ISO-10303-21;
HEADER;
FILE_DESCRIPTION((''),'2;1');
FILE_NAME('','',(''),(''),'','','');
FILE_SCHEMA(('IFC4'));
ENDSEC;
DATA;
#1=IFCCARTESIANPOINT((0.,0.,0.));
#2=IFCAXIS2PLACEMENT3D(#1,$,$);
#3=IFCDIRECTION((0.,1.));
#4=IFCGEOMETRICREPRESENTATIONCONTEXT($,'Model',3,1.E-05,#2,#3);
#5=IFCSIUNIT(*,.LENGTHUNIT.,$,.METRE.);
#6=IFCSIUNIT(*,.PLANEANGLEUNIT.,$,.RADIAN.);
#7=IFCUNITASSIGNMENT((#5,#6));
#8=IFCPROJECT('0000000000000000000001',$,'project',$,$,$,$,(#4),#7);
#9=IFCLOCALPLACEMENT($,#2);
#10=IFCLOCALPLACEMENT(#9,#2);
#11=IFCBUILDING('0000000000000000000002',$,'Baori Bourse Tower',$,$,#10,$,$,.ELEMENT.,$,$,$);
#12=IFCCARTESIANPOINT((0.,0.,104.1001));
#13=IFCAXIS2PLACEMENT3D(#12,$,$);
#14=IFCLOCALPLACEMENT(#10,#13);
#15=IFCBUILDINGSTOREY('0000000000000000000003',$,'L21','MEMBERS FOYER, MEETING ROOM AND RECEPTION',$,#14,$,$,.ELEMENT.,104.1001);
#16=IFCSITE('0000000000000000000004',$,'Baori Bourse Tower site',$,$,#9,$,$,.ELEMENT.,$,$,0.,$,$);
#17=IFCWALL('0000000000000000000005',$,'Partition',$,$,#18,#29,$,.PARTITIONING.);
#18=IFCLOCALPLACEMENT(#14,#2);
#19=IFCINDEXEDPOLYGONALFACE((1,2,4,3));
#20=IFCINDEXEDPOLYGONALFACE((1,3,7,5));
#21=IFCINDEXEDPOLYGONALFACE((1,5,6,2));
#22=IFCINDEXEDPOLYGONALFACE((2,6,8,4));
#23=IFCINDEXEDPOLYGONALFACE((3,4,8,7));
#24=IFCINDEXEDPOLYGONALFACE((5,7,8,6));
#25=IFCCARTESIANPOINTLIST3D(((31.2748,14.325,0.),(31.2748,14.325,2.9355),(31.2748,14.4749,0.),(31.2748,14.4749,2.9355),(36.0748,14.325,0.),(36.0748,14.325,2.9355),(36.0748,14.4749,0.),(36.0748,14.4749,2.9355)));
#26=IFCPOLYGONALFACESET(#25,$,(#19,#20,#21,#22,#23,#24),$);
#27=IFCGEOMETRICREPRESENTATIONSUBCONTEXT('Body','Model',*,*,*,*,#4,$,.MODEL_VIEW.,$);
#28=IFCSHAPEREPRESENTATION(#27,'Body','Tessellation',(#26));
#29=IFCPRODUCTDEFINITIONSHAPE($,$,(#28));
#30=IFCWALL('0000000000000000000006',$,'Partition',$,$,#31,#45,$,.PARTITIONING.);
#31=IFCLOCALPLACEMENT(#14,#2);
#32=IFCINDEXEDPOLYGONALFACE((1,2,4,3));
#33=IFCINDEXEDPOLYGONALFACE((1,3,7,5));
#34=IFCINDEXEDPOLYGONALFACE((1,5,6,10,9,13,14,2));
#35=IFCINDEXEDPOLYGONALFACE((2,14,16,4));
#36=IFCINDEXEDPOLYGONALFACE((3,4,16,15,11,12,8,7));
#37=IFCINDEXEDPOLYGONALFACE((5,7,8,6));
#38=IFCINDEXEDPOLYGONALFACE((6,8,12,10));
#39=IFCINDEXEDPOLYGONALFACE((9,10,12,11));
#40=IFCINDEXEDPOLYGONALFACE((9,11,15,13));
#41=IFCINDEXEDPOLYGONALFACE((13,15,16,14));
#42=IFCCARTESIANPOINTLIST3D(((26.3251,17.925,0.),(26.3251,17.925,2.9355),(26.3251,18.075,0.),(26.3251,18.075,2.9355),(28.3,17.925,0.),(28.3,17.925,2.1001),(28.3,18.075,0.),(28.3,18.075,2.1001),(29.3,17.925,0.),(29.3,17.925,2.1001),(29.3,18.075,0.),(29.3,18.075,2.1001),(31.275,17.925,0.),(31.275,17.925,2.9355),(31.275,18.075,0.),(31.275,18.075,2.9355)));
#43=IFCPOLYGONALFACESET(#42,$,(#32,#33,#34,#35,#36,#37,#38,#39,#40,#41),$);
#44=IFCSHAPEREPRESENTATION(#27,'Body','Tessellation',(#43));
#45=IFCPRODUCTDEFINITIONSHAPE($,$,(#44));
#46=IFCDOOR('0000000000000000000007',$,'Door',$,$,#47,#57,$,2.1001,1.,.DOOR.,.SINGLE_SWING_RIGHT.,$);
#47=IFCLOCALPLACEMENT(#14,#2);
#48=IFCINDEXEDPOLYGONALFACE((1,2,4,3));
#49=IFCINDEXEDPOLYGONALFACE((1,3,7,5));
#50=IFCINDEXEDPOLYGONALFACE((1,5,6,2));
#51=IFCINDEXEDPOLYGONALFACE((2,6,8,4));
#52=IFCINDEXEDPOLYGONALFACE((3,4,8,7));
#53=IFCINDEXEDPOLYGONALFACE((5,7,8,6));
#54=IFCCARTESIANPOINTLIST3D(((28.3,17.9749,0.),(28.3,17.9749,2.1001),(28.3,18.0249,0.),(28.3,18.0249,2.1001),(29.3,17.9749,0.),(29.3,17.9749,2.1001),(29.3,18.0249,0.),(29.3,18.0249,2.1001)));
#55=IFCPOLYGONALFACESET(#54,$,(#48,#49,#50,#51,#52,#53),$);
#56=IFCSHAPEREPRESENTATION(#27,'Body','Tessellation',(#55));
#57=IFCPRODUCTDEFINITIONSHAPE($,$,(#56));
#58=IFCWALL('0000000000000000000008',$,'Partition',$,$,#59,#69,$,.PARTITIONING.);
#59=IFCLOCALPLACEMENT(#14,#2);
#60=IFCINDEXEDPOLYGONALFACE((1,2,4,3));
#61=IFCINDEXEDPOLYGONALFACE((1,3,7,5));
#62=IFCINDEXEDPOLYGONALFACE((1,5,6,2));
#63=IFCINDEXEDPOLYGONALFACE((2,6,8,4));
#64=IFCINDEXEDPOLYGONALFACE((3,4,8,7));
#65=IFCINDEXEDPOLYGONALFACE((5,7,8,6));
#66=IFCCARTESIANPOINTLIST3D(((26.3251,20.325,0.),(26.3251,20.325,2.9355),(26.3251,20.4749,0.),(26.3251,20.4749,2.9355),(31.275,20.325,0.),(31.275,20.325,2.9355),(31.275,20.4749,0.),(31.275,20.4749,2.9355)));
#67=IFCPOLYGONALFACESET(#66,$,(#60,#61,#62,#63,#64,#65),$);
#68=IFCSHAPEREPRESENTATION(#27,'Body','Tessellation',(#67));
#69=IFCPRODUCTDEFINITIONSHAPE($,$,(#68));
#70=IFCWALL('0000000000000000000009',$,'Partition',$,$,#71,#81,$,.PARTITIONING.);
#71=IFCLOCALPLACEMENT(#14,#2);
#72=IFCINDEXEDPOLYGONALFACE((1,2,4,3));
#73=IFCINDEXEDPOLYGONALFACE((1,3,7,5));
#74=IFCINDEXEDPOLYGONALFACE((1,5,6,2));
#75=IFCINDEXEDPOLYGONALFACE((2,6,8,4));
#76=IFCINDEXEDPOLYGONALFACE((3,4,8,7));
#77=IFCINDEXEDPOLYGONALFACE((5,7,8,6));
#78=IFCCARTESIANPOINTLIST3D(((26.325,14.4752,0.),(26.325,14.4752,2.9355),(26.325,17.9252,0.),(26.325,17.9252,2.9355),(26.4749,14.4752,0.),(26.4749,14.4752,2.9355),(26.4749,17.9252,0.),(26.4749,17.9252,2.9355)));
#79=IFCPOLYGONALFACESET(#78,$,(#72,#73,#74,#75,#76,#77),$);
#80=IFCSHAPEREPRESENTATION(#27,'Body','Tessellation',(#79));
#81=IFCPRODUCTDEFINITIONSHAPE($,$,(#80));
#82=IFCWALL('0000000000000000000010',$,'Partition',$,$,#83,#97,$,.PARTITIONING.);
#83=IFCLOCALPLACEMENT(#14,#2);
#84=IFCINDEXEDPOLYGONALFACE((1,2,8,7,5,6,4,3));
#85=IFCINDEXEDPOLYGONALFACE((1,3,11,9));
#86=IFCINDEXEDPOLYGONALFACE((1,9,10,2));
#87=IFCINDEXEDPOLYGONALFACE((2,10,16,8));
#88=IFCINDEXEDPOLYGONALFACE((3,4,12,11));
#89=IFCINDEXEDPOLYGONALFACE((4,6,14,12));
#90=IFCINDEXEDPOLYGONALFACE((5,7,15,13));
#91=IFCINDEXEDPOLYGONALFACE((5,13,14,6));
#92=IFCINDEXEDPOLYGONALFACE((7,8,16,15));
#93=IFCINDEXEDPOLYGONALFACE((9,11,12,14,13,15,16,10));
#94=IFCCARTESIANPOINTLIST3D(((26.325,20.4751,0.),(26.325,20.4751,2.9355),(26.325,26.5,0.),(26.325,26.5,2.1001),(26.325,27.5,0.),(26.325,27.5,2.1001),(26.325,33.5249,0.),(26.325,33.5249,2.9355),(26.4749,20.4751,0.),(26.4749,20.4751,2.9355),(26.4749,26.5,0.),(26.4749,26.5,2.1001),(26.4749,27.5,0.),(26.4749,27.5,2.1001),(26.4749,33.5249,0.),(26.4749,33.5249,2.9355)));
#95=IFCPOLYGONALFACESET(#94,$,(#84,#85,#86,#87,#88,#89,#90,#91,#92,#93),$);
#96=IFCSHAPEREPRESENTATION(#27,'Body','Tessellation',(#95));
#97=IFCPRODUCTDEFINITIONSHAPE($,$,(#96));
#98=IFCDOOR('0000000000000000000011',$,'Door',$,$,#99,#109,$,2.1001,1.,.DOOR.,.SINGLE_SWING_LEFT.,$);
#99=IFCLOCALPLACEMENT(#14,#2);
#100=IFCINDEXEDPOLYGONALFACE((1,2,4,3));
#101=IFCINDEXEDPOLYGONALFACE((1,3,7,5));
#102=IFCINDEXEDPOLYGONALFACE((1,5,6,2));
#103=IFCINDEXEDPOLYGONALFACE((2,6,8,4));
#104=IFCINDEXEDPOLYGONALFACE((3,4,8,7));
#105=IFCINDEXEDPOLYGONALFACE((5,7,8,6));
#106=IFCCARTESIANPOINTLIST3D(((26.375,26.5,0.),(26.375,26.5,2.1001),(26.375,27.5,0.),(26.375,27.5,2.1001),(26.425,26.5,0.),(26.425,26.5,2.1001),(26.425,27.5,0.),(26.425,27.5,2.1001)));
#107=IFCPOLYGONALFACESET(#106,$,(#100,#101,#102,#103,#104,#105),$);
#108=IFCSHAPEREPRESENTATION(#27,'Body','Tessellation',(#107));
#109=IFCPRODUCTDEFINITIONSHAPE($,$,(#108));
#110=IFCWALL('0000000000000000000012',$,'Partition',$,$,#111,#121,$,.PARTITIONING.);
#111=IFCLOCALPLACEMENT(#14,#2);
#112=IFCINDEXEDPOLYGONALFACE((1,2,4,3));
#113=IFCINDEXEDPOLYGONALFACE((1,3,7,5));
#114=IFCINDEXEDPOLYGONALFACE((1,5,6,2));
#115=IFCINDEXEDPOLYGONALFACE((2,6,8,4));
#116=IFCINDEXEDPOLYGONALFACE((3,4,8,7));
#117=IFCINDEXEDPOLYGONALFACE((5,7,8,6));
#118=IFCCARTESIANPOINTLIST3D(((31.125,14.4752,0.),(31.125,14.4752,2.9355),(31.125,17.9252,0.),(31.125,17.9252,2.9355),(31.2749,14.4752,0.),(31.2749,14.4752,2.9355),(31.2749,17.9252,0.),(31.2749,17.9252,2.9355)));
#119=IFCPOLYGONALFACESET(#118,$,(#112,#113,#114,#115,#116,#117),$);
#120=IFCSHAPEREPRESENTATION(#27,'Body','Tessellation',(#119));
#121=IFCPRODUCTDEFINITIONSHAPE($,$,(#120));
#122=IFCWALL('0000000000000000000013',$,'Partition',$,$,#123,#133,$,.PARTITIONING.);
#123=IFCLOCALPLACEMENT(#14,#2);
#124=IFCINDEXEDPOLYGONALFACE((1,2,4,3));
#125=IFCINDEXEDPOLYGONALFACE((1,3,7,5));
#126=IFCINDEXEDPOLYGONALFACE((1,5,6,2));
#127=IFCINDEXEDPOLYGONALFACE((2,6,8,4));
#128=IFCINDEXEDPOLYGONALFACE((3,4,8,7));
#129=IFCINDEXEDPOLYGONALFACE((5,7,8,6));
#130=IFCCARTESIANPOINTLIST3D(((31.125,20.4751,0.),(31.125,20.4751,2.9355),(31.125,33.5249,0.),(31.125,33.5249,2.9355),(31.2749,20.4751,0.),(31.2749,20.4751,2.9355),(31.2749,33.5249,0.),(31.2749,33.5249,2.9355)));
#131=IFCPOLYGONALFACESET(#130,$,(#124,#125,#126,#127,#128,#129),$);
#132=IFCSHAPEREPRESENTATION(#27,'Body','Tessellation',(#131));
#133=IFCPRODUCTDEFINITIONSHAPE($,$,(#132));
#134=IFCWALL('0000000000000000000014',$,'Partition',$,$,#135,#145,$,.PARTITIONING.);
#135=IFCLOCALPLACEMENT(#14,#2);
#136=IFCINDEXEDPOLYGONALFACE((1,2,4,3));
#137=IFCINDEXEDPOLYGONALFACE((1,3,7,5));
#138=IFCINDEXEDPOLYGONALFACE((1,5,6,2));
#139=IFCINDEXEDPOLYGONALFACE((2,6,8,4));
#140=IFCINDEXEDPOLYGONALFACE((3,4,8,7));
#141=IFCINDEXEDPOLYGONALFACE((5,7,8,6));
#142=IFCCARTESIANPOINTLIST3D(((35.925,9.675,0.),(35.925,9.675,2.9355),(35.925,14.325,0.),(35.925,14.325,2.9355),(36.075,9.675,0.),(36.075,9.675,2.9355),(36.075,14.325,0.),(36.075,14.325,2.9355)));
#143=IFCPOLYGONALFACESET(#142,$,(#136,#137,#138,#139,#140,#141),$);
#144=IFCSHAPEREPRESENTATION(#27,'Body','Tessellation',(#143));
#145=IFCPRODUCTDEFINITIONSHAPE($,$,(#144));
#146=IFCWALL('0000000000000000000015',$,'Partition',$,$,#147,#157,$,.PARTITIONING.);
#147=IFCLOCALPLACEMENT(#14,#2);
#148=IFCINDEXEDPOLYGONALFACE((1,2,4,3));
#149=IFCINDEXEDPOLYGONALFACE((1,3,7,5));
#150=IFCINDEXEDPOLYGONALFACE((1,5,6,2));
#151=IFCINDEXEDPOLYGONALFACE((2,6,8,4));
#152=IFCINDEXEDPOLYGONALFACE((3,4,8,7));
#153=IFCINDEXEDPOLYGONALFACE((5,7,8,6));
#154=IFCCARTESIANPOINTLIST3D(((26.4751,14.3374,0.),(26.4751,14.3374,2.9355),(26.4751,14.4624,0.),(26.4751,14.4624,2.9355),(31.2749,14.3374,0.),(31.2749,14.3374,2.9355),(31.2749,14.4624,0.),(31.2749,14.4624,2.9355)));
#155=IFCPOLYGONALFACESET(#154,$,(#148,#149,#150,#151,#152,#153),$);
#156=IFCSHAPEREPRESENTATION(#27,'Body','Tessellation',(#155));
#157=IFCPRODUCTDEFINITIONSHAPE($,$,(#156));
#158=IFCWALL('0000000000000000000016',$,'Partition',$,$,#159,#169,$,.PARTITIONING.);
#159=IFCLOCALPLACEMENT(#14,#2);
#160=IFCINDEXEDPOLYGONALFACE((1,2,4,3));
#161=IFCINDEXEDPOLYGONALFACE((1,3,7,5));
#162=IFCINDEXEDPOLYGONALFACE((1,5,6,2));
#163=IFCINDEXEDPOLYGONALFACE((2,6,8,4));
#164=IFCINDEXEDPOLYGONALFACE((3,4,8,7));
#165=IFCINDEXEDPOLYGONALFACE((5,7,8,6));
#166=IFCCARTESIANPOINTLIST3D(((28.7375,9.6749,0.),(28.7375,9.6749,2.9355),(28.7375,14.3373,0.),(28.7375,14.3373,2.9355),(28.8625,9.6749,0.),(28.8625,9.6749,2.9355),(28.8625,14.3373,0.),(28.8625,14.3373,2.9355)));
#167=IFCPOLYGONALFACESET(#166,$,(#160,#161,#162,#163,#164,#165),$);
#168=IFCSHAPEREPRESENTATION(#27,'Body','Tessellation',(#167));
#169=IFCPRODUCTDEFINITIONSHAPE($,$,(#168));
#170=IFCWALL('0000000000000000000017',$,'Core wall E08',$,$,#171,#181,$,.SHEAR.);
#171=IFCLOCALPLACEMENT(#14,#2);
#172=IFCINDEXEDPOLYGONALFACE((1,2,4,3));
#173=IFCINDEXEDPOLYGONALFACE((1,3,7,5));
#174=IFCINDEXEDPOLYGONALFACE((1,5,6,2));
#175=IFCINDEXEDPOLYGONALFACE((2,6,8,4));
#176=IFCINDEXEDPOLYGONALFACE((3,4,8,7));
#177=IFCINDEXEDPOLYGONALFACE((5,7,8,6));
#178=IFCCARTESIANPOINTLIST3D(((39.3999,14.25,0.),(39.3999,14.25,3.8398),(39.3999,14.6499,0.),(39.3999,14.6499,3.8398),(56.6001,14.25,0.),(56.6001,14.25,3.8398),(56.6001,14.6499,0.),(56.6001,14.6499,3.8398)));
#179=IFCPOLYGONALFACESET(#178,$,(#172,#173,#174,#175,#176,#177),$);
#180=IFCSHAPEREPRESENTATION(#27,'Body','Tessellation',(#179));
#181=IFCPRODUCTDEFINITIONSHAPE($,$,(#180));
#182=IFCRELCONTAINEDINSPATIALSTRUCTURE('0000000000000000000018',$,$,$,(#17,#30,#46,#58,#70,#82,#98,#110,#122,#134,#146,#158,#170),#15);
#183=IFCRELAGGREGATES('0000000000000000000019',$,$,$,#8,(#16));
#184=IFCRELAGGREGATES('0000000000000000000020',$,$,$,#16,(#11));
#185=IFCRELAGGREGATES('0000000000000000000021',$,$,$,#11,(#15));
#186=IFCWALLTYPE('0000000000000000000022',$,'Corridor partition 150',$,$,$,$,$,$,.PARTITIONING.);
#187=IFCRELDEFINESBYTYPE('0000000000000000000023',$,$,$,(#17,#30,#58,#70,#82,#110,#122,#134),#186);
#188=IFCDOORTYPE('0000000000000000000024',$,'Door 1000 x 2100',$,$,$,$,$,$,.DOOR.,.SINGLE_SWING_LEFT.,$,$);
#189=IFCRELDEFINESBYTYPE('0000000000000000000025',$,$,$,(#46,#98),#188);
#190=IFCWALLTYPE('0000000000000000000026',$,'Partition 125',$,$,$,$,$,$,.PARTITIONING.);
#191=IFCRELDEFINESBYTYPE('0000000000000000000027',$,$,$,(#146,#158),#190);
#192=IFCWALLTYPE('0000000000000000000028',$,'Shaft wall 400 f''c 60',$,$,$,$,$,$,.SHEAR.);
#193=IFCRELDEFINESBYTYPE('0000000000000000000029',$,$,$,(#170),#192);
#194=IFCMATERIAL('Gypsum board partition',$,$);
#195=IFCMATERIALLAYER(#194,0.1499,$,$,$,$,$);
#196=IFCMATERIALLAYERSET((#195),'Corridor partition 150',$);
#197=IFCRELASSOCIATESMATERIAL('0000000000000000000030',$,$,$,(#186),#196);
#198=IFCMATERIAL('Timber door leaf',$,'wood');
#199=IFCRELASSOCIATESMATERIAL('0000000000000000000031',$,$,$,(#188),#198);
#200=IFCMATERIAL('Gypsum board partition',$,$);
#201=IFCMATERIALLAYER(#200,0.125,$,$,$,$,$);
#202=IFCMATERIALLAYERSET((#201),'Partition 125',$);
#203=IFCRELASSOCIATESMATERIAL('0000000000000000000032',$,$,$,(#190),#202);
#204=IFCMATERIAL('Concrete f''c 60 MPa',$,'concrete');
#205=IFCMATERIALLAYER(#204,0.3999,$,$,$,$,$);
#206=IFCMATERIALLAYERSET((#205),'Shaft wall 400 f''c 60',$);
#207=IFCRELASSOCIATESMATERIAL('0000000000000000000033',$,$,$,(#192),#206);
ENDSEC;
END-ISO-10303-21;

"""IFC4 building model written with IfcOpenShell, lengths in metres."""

from ifc_helpers import new_model, si_unit, direction, frame, frame_2d, origin, place, context, subcontext, project, spatial, rectangle, extrude, material, layer, layer_set, type_object, element, fill, save


model = new_model("IFC4")

# Units and contexts
model_context = context("Model", 3, precision=1e-05, world=origin(), true_north=direction((0.0, 1.0)))
body_context = subcontext(model_context, "Body", "Model", "MODEL_VIEW")
ifc_project = project(units=[si_unit("LENGTHUNIT", "METRE"), si_unit("PLANEANGLEUNIT", "RADIAN")], contexts=[model_context])

# Site, building, storey
site_placement = place(None, origin())
site = spatial("IfcSite", under=ifc_project, at=site_placement, Name="Baori Bourse Tower site", CompositionType="ELEMENT", RefElevation=0.0)
building_placement = place(site_placement, origin())
building = spatial("IfcBuilding", under=site, at=building_placement, Name="Baori Bourse Tower", CompositionType="ELEMENT")
storey_placement = place(building_placement, frame((0.0, 0.0, 104.1001)))
storey = spatial("IfcBuildingStorey", under=building, at=storey_placement, Name="L21", Description="MEMBERS FOYER, MEETING ROOM AND RECEPTION", CompositionType="ELEMENT", Elevation=104.1001)

# Wall
ifc_material_1 = material(Name="Gypsum board partition")
ifc_layer_1 = layer(ifc_material_1, 0.1499)
ifc_layer_set_1 = layer_set([ifc_layer_1], Name="Corridor partition 150")
wall_type_1 = type_object("IfcWallType", Name="Corridor partition 150", PredefinedType="PARTITIONING", material=ifc_layer_set_1)
wall_1_placement = place(storey_placement, frame((31.2749, 14.3999, 0.0), z_axis=(0.0, 0.0, 1.0), x_axis=(1.0, 0.0, 0.0)))
element("IfcWall", 1, at=wall_1_placement, inside=storey, type_object=wall_type_1, Name="Partition", PredefinedType="PARTITIONING", context=body_context, shape_type="SweptSolid", body=[
    extrude(rectangle(XDim=4.8, YDim=0.1499, at=frame_2d((2.3999, 0.0))), origin(), (0.0, 0.0, 1.0), 2.9355),
])

# Wall, opening, door
wall_2_placement = place(storey_placement, frame((26.325, 18.0, 0.0), z_axis=(0.0, 0.0, 1.0), x_axis=(1.0, 0.0, 0.0)))
wall_2 = element("IfcWall", 2, at=wall_2_placement, inside=storey, type_object=wall_type_1, Name="Partition", PredefinedType="PARTITIONING", context=body_context, shape_type="SweptSolid", body=[
    extrude(rectangle(XDim=4.95, YDim=0.1499, at=frame_2d((2.4751, 0.0))), origin(), (0.0, 0.0, 1.0), 2.9355),
])
opening_1_placement = place(wall_2_placement, frame((1.9751, 0.0, 0.0)))
opening_1 = element("IfcOpeningElement", 3, at=opening_1_placement, cuts=wall_2, PredefinedType="OPENING", context=body_context, shape_type="SweptSolid", body=[
    extrude(rectangle(XDim=1.0, YDim=2.1001, at=frame_2d((0.5, 1.05))), frame((0.0, 0.085, 0.0), z_axis=(0.0, -1.0, 0.0), x_axis=(1.0, 0.0, 0.0)), (0.0, 0.0, 1.0), 0.1699),
])
ifc_material_2 = material(Name="Timber door leaf", Category="wood")
door_type_1 = type_object("IfcDoorType", Name="Door 1000 x 2100", OperationType="SINGLE_SWING_LEFT", PredefinedType="DOOR", material=ifc_material_2)
door_1_placement = place(opening_1_placement, origin())
door_1 = element("IfcDoor", 4, at=door_1_placement, inside=storey, type_object=door_type_1, Name="Door", OperationType="SINGLE_SWING_RIGHT", OverallHeight=2.1001, OverallWidth=1.0, PredefinedType="DOOR", context=body_context, shape_type="SweptSolid", body=[
    extrude(rectangle(XDim=1.0, YDim=2.1001, at=frame_2d((0.5, 1.05))), frame((0.0, 0.0249, 0.0), z_axis=(0.0, -1.0, 0.0), x_axis=(1.0, 0.0, 0.0)), (0.0, 0.0, 1.0), 0.05),
])
fill(opening_1, door_1)

# Walls
wall_3_placement = place(storey_placement, frame((26.325, 20.3999, 0.0), z_axis=(0.0, 0.0, 1.0), x_axis=(1.0, 0.0, 0.0)))
element("IfcWall", 5, at=wall_3_placement, inside=storey, type_object=wall_type_1, Name="Partition", PredefinedType="PARTITIONING", context=body_context, shape_type="SweptSolid", body=[
    extrude(rectangle(XDim=4.95, YDim=0.1499, at=frame_2d((2.4751, 0.0))), origin(), (0.0, 0.0, 1.0), 2.9355),
])
wall_4_placement = place(storey_placement, frame((26.3999, 14.4751, 0.0), z_axis=(0.0, 0.0, 1.0), x_axis=(0.0, 1.0, 0.0)))
element("IfcWall", 6, at=wall_4_placement, inside=storey, type_object=wall_type_1, Name="Partition", PredefinedType="PARTITIONING", context=body_context, shape_type="SweptSolid", body=[
    extrude(rectangle(XDim=3.45, YDim=0.1499, at=frame_2d((1.7251, 0.0))), origin(), (0.0, 0.0, 1.0), 2.9355),
])

# Wall, opening, door
wall_5_placement = place(storey_placement, frame((26.3999, 20.4751, 0.0), z_axis=(0.0, 0.0, 1.0), x_axis=(0.0, 1.0, 0.0)))
wall_5 = element("IfcWall", 7, at=wall_5_placement, inside=storey, type_object=wall_type_1, Name="Partition", PredefinedType="PARTITIONING", context=body_context, shape_type="SweptSolid", body=[
    extrude(rectangle(XDim=13.0498, YDim=0.1499, at=frame_2d((6.5249, 0.0))), origin(), (0.0, 0.0, 1.0), 2.9355),
])
opening_2_placement = place(wall_5_placement, frame((6.0249, 0.0, 0.0)))
opening_2 = element("IfcOpeningElement", 8, at=opening_2_placement, cuts=wall_5, PredefinedType="OPENING", context=body_context, shape_type="SweptSolid", body=[
    extrude(rectangle(XDim=1.0, YDim=2.1001, at=frame_2d((0.5, 1.05))), frame((0.0, 0.085, 0.0), z_axis=(0.0, -1.0, 0.0), x_axis=(1.0, 0.0, 0.0)), (0.0, 0.0, 1.0), 0.1699),
])
door_2_placement = place(opening_2_placement, origin())
door_2 = element("IfcDoor", 9, at=door_2_placement, inside=storey, type_object=door_type_1, Name="Door", OperationType="SINGLE_SWING_LEFT", OverallHeight=2.1001, OverallWidth=1.0, PredefinedType="DOOR", context=body_context, shape_type="SweptSolid", body=[
    extrude(rectangle(XDim=1.0, YDim=2.1001, at=frame_2d((0.5, 1.05))), frame((0.0, 0.0249, 0.0), z_axis=(0.0, -1.0, 0.0), x_axis=(1.0, 0.0, 0.0)), (0.0, 0.0, 1.0), 0.05),
])
fill(opening_2, door_2)

# Walls
wall_6_placement = place(storey_placement, frame((31.2, 14.4751, 0.0), z_axis=(0.0, 0.0, 1.0), x_axis=(0.0, 1.0, 0.0)))
element("IfcWall", 10, at=wall_6_placement, inside=storey, type_object=wall_type_1, Name="Partition", PredefinedType="PARTITIONING", context=body_context, shape_type="SweptSolid", body=[
    extrude(rectangle(XDim=3.45, YDim=0.1499, at=frame_2d((1.7251, 0.0))), origin(), (0.0, 0.0, 1.0), 2.9355),
])
wall_7_placement = place(storey_placement, frame((31.2, 20.4751, 0.0), z_axis=(0.0, 0.0, 1.0), x_axis=(0.0, 1.0, 0.0)))
element("IfcWall", 11, at=wall_7_placement, inside=storey, type_object=wall_type_1, Name="Partition", PredefinedType="PARTITIONING", context=body_context, shape_type="SweptSolid", body=[
    extrude(rectangle(XDim=13.0498, YDim=0.1499, at=frame_2d((6.5249, 0.0))), origin(), (0.0, 0.0, 1.0), 2.9355),
])
wall_8_placement = place(storey_placement, frame((36.0, 9.675, 0.0), z_axis=(0.0, 0.0, 1.0), x_axis=(0.0, 1.0, 0.0)))
element("IfcWall", 12, at=wall_8_placement, inside=storey, type_object=wall_type_1, Name="Partition", PredefinedType="PARTITIONING", context=body_context, shape_type="SweptSolid", body=[
    extrude(rectangle(XDim=4.6499, YDim=0.1499, at=frame_2d((2.325, 0.0))), origin(), (0.0, 0.0, 1.0), 2.9355),
])
ifc_material_3 = material(Name="Gypsum board partition")
ifc_layer_2 = layer(ifc_material_3, 0.125)
ifc_layer_set_2 = layer_set([ifc_layer_2], Name="Partition 125")
wall_type_2 = type_object("IfcWallType", Name="Partition 125", PredefinedType="PARTITIONING", material=ifc_layer_set_2)
wall_9_placement = place(storey_placement, frame((26.4751, 14.3999, 0.0), z_axis=(0.0, 0.0, 1.0), x_axis=(1.0, 0.0, 0.0)))
element("IfcWall", 13, at=wall_9_placement, inside=storey, type_object=wall_type_2, Name="Partition", PredefinedType="PARTITIONING", context=body_context, shape_type="SweptSolid", body=[
    extrude(rectangle(XDim=4.7998, YDim=0.125, at=frame_2d((2.3999, 0.0))), origin(), (0.0, 0.0, 1.0), 2.9355),
])
wall_10_placement = place(storey_placement, frame((28.8, 9.675, 0.0), z_axis=(0.0, 0.0, 1.0), x_axis=(0.0, 1.0, 0.0)))
element("IfcWall", 14, at=wall_10_placement, inside=storey, type_object=wall_type_2, Name="Partition", PredefinedType="PARTITIONING", context=body_context, shape_type="SweptSolid", body=[
    extrude(rectangle(XDim=4.6624, YDim=0.125, at=frame_2d((2.3311, 0.0))), origin(), (0.0, 0.0, 1.0), 2.9355),
])
ifc_material_4 = material(Name="Concrete f'c 60 MPa", Category="concrete")
ifc_layer_3 = layer(ifc_material_4, 0.3999)
ifc_layer_set_3 = layer_set([ifc_layer_3], Name="Shaft wall 400 f'c 60")
wall_type_3 = type_object("IfcWallType", Name="Shaft wall 400 f'c 60", PredefinedType="SHEAR", material=ifc_layer_set_3)
wall_11_placement = place(storey_placement, frame((39.3999, 14.45, 0.0), z_axis=(0.0, 0.0, 1.0), x_axis=(1.0, 0.0, 0.0)))
element("IfcWall", 15, at=wall_11_placement, inside=storey, type_object=wall_type_3, Name="Core wall E08", PredefinedType="SHEAR", context=body_context, shape_type="SweptSolid", body=[
    extrude(rectangle(XDim=17.2002, YDim=0.3999, at=frame_2d((8.6001, 0.0))), origin(), (0.0, 0.0, 1.0), 3.8398),
])

save(model, "model.ifc")
